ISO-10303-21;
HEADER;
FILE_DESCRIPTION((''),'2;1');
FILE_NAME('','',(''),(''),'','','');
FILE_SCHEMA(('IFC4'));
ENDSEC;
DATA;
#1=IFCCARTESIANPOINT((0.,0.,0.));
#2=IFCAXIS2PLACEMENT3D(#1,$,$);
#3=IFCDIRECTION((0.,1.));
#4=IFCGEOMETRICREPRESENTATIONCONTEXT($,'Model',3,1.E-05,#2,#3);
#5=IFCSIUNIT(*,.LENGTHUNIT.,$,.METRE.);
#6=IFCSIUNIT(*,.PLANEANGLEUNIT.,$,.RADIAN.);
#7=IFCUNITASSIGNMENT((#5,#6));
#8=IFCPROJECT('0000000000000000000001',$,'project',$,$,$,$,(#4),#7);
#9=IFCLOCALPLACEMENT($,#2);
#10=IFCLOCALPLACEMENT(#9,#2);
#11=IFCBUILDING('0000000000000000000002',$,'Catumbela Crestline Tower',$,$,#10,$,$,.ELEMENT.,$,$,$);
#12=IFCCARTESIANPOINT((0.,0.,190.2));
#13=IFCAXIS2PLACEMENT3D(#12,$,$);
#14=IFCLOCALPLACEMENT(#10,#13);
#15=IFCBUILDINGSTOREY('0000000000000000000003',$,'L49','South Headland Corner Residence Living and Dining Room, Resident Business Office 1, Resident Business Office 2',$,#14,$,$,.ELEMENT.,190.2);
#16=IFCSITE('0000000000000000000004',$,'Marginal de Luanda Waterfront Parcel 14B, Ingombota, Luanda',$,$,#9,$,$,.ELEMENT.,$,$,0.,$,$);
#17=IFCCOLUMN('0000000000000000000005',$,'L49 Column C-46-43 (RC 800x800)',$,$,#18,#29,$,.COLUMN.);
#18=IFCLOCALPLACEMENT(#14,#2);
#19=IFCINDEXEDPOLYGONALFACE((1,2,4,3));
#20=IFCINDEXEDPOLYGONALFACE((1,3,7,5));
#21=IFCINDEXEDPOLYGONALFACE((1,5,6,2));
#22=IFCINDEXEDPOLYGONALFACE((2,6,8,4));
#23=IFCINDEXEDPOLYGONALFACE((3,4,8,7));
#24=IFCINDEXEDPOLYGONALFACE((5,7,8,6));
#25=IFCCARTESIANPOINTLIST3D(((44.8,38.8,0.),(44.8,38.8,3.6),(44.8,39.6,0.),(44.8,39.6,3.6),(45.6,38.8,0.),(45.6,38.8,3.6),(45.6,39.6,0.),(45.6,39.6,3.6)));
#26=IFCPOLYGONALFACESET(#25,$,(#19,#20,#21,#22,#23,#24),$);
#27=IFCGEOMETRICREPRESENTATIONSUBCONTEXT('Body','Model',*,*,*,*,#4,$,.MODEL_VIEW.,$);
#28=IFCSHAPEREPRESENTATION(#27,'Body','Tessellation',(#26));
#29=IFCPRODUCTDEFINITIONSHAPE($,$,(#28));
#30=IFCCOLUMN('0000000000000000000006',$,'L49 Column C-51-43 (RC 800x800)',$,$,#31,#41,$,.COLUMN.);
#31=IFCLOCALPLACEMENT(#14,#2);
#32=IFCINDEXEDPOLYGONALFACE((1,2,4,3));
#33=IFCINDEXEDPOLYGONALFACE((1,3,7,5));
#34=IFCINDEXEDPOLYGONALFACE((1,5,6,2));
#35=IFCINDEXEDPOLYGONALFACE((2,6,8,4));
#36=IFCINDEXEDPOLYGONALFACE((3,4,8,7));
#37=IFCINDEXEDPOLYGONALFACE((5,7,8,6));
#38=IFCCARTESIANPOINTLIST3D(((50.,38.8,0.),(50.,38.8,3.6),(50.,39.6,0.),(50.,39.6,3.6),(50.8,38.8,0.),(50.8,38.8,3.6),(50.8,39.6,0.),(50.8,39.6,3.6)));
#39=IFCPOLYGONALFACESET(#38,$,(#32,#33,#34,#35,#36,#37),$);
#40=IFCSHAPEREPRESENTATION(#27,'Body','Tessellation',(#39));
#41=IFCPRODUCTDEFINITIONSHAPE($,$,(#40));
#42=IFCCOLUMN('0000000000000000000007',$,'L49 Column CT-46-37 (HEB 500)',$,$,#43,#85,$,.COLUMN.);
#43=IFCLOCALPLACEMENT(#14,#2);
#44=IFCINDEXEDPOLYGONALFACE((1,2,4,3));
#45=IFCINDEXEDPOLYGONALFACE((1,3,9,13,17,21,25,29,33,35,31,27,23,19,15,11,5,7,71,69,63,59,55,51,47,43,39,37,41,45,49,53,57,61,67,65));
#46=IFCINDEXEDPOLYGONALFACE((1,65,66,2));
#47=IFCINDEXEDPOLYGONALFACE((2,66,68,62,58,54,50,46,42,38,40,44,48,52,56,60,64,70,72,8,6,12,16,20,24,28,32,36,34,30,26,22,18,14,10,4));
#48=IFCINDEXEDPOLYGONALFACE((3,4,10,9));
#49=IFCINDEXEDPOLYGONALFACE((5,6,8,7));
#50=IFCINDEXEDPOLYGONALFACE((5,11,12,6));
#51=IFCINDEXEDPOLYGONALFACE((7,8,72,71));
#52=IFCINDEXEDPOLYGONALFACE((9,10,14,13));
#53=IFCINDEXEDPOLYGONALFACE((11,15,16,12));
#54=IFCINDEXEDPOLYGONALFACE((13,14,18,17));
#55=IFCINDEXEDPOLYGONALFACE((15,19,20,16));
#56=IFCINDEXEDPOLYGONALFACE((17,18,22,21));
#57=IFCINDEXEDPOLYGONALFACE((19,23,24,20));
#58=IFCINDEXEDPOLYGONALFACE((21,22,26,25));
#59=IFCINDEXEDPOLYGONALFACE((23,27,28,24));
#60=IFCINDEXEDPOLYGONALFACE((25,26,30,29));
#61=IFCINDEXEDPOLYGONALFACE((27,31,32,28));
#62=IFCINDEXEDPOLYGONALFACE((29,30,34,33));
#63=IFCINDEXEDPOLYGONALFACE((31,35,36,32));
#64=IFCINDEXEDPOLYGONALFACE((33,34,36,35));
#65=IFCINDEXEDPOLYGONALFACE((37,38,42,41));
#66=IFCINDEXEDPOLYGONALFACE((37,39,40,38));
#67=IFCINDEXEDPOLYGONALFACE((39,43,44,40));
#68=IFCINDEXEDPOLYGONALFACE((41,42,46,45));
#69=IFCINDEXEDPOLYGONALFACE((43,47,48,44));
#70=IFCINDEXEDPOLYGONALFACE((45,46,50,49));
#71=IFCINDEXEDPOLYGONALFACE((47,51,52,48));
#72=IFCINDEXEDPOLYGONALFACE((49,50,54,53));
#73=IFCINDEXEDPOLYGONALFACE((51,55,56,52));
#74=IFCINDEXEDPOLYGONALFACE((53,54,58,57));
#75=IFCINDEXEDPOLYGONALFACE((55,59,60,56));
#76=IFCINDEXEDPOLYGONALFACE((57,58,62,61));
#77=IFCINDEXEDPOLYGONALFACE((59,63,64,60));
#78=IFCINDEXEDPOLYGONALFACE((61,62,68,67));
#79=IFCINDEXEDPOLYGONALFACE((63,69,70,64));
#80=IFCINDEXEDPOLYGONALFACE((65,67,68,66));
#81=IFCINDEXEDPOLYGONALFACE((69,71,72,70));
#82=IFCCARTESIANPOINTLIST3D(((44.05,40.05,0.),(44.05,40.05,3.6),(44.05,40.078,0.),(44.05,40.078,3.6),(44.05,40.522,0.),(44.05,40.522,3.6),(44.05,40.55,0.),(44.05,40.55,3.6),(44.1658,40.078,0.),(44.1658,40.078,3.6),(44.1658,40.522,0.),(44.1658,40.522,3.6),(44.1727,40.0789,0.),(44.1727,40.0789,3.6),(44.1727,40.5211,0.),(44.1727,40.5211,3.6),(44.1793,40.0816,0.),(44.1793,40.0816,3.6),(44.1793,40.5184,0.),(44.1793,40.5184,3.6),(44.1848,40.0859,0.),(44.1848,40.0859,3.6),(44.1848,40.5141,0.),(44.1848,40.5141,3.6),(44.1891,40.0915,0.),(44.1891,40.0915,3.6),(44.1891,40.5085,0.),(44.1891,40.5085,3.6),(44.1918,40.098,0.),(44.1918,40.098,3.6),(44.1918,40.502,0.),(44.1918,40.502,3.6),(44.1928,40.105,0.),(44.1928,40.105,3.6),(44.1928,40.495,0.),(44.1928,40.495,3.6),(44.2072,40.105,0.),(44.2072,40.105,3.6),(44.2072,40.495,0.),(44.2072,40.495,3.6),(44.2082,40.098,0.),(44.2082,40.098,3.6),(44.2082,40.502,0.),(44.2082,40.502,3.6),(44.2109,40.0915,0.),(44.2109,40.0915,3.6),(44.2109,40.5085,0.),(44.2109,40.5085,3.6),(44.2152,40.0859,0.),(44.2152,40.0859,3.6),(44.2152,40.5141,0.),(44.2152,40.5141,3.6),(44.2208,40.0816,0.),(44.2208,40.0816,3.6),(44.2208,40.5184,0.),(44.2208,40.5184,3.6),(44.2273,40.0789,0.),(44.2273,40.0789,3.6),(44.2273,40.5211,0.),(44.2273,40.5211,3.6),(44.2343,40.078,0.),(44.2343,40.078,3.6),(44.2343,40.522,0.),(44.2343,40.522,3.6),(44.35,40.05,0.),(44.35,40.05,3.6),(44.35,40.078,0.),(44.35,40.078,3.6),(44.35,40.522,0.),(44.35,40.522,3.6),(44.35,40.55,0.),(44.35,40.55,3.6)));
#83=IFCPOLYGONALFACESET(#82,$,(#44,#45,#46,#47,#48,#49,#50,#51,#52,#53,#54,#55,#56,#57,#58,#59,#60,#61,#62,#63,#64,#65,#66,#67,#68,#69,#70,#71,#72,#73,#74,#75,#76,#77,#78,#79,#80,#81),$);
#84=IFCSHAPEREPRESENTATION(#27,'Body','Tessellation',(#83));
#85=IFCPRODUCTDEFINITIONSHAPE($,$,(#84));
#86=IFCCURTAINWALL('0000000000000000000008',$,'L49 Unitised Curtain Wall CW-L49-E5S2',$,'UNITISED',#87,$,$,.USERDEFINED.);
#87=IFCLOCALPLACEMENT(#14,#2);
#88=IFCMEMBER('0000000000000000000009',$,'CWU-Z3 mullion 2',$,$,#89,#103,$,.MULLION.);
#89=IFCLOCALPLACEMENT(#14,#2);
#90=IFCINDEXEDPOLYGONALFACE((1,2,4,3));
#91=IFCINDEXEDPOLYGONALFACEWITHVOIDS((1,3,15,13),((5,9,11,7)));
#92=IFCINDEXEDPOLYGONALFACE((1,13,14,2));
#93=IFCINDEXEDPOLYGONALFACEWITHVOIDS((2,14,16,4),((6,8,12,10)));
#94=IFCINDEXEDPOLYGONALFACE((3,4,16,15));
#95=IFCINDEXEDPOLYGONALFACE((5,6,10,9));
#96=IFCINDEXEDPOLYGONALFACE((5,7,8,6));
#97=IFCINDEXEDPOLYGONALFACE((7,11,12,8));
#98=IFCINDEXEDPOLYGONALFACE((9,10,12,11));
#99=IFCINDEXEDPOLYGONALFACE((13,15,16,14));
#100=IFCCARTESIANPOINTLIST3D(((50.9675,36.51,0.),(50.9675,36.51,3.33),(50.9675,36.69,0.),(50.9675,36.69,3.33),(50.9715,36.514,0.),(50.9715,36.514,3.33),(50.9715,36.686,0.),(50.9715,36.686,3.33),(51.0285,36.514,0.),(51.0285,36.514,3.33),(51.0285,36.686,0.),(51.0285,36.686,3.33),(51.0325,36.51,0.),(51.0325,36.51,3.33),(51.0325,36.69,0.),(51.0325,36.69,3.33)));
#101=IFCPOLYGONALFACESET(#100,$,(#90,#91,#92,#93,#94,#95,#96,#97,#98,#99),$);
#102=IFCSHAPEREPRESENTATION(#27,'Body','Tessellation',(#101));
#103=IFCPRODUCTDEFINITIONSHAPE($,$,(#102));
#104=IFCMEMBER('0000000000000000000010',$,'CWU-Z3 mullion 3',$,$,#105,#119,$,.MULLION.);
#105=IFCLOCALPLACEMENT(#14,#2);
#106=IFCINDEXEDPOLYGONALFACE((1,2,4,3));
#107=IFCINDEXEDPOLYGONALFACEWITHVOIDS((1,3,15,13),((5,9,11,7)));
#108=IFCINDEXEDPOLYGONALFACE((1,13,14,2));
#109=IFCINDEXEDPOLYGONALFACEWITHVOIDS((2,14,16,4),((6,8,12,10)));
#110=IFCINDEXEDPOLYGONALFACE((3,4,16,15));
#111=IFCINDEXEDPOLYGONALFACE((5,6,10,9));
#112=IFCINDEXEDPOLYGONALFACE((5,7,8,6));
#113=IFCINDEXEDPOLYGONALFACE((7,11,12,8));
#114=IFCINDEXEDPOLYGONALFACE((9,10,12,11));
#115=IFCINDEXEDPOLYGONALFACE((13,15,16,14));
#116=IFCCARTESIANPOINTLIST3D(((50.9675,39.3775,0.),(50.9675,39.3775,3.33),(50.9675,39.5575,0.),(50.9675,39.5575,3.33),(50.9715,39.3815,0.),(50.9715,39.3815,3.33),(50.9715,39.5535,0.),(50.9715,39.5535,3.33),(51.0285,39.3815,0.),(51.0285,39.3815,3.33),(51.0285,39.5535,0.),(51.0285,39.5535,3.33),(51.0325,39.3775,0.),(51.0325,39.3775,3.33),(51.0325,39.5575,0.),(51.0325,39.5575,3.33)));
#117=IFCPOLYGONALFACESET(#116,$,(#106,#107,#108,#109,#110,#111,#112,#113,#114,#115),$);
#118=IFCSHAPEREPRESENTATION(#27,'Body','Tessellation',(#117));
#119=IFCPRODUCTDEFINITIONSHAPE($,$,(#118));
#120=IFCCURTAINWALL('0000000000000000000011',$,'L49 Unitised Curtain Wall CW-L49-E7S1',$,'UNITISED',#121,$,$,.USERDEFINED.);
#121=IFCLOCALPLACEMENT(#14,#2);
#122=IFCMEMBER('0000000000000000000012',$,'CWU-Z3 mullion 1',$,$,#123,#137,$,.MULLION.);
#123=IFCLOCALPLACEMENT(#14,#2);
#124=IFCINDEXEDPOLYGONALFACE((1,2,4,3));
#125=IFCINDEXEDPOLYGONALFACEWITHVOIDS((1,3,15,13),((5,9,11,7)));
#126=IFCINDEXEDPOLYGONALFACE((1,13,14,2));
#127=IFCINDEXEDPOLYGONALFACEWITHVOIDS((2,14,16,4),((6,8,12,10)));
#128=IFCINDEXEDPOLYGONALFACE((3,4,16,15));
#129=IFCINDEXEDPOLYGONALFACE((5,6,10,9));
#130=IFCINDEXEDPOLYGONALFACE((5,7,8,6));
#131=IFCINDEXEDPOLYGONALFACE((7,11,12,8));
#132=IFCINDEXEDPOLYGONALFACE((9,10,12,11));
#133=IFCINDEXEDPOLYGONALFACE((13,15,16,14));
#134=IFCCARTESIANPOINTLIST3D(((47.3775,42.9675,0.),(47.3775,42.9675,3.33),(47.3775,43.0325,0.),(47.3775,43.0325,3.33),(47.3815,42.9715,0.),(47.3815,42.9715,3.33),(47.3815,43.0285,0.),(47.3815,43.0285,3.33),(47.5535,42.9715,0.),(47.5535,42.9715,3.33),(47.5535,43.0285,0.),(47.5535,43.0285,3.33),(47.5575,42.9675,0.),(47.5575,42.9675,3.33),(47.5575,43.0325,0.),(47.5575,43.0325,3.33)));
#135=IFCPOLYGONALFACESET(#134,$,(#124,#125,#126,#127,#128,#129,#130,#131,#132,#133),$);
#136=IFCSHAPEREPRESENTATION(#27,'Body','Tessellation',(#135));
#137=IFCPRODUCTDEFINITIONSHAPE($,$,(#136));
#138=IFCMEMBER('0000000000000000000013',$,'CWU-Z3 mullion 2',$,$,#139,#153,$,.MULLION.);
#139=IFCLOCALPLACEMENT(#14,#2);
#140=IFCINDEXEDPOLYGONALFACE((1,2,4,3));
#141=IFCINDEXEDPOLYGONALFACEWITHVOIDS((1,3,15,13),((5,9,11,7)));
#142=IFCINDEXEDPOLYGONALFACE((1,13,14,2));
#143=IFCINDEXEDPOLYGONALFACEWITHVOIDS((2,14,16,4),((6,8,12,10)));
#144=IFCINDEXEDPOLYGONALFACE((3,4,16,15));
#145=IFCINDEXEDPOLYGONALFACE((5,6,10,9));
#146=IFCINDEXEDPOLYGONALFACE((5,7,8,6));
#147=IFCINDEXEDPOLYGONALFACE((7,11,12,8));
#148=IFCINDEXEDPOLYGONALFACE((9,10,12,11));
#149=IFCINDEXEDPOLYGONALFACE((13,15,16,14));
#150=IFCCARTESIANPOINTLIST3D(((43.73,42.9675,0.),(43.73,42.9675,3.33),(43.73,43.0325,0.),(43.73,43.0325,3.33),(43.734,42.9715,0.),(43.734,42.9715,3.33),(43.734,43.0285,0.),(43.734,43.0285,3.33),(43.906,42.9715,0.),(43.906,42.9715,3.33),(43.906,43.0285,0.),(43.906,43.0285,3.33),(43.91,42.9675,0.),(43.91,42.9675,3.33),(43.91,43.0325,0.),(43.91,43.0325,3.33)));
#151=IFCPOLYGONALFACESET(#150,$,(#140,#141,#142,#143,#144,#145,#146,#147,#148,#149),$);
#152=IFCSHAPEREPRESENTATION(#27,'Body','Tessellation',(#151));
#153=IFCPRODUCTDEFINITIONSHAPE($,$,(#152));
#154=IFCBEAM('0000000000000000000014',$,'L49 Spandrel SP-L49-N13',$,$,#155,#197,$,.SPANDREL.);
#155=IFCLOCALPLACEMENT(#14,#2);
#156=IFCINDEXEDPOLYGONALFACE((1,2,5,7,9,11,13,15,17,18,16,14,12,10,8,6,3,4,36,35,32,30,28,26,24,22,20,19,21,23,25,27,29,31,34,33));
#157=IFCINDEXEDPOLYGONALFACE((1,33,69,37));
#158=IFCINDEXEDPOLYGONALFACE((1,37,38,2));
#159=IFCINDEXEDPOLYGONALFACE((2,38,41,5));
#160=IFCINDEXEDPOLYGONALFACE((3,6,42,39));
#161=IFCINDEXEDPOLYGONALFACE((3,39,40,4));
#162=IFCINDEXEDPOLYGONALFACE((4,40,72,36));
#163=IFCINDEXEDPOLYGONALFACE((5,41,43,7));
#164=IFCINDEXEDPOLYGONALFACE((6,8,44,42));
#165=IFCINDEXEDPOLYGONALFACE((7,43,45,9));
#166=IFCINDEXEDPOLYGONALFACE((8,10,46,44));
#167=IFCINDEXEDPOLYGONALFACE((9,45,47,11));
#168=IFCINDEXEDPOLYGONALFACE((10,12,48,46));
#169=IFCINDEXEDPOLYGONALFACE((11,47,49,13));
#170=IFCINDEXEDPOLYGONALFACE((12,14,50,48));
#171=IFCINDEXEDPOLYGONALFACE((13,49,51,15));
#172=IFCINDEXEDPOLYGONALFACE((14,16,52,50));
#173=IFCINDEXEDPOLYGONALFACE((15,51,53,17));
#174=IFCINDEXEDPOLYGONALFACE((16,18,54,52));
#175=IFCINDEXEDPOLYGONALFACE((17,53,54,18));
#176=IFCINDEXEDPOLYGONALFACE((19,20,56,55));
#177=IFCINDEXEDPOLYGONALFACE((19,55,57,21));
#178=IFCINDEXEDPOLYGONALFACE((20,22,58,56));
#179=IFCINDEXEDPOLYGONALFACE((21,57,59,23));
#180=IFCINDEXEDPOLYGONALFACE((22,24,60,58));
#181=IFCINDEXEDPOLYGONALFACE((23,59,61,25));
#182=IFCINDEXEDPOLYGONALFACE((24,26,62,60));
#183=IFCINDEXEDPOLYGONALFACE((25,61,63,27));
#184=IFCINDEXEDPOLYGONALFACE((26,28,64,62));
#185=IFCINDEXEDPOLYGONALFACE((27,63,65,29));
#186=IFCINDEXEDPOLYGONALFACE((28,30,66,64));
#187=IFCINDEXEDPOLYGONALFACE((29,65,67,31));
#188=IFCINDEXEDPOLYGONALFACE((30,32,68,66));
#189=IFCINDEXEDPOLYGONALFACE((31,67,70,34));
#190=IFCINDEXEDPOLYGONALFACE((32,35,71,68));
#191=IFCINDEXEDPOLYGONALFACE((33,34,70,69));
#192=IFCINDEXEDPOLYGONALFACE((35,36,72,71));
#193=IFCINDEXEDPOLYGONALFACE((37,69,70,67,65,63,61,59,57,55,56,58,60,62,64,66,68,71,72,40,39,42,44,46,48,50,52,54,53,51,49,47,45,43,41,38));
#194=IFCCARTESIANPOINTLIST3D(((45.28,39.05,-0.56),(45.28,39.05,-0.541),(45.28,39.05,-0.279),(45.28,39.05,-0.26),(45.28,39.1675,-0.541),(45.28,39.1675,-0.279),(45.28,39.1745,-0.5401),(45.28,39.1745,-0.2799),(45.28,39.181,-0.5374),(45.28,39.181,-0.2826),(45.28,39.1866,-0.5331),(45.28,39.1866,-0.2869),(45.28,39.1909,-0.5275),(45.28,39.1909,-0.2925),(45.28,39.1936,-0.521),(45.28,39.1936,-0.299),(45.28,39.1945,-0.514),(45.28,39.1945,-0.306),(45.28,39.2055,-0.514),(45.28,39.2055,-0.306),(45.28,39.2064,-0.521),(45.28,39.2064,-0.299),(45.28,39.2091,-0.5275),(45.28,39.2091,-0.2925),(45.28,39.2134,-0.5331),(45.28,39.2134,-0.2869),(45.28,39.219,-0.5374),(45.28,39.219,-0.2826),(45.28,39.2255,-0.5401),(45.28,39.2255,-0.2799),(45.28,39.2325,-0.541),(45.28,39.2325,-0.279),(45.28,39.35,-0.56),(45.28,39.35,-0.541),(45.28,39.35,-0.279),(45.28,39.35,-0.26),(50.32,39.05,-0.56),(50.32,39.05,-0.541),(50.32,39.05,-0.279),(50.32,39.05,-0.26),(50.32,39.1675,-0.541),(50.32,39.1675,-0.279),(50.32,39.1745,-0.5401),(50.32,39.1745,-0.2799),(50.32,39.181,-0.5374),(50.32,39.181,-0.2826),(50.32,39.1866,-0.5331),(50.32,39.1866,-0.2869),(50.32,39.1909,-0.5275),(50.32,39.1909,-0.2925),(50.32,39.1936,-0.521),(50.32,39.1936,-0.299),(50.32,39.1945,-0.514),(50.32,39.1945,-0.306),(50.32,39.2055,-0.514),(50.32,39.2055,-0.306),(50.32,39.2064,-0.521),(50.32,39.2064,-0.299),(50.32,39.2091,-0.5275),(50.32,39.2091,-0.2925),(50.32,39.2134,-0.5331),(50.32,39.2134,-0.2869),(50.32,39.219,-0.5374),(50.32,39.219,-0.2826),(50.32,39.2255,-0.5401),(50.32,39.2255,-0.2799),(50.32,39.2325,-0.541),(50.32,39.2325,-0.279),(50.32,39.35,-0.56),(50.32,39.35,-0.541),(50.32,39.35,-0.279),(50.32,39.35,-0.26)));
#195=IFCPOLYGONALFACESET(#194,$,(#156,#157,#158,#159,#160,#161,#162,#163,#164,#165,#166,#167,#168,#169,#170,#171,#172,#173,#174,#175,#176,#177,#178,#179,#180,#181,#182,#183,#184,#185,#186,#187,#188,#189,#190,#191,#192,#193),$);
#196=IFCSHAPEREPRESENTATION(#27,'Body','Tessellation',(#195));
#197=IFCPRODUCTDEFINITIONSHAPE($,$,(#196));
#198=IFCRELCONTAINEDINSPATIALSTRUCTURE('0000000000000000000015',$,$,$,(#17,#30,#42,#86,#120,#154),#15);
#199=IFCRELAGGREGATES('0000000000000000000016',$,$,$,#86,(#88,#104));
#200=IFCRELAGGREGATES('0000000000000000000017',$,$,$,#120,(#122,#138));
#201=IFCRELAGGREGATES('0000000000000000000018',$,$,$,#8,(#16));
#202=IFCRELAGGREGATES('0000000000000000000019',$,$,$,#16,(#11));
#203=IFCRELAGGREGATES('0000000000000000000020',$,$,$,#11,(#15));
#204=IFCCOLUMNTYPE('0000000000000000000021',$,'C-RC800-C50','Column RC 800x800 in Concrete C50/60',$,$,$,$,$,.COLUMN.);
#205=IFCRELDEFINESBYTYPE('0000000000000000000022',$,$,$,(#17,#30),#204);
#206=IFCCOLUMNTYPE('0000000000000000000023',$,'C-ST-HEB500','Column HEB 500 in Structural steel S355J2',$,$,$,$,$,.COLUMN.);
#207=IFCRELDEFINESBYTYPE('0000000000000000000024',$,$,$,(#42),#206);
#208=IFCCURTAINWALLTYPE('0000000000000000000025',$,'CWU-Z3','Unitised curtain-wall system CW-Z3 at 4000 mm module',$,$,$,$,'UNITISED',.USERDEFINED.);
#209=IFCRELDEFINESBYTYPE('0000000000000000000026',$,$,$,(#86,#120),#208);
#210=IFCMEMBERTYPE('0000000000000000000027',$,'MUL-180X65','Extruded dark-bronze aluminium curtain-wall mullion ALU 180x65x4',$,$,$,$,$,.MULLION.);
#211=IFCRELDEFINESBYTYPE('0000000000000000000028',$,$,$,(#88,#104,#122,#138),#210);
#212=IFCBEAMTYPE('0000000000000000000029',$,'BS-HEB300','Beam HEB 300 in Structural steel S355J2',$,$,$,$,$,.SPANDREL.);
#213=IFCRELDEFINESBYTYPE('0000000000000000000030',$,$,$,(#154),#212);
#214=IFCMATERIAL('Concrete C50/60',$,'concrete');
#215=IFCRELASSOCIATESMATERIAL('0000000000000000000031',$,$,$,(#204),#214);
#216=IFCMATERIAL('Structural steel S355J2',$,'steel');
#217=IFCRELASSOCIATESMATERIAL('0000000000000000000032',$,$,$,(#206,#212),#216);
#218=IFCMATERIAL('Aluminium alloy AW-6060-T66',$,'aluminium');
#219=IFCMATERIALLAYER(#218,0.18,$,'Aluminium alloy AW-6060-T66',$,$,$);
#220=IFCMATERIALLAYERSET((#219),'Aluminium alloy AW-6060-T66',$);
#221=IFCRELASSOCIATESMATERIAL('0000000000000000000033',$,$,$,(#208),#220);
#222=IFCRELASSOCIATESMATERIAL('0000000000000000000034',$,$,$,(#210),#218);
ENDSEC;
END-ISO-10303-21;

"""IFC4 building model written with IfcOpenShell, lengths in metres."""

from ifc_helpers import new_model, si_unit, direction, frame, origin, origin_2d, place, context, subcontext, project, spatial, rectangle, hollow_rectangle, i_section, extrude, material, layer, layer_set, material_profile, profile_set, type_object, element, aggregate, save


model = new_model("IFC4")

# Units and contexts
model_context = context("Model", 3, precision=1e-05, world=origin(), true_north=direction((0.0, 1.0)))
body_context = subcontext(model_context, "Body", "Model", "MODEL_VIEW")
ifc_project = project(units=[si_unit("LENGTHUNIT", "METRE"), si_unit("PLANEANGLEUNIT", "RADIAN")], contexts=[model_context])

# Site, building, storey
site_placement = place(None, origin())
site = spatial("IfcSite", under=ifc_project, at=site_placement, Name="Marginal de Luanda Waterfront Parcel 14B, Ingombota, Luanda", CompositionType="ELEMENT", RefElevation=0.0)
building_placement = place(site_placement, origin())
building = spatial("IfcBuilding", under=site, at=building_placement, Name="Catumbela Crestline Tower", CompositionType="ELEMENT")
storey_placement = place(building_placement, frame((0.0, 0.0, 190.2)))
storey = spatial("IfcBuildingStorey", under=building, at=storey_placement, Name="L49", Description="South Headland Corner Residence Living and Dining Room, Resident Business Office 1, Resident Business Office 2", CompositionType="ELEMENT", Elevation=190.2)

# Columns
ifc_material_1 = material(Name="Concrete C50/60", Category="concrete")
ifc_material_profile_1 = material_profile(ifc_material_1, rectangle(XDim=0.8, YDim=0.8, at=origin_2d()), Name="RC 800x800")
ifc_profile_set_1 = profile_set([ifc_material_profile_1], Name="Concrete C50/60")
column_type_1 = type_object("IfcColumnType", Name="C-RC800-C50", Description="Column RC 800x800 in Concrete C50/60", PredefinedType="COLUMN", material=ifc_profile_set_1)
for number, where, z_axis, x_axis, name in (
    (1, (45.2, 39.2, 0.0), (0.0, 0.0, 1.0), (1.0, 0.0, 0.0), "L49 Column C-46-43 (RC 800x800)"),
    (2, (50.4, 39.2, 0.0), (0.0, 0.0, 1.0), (1.0, 0.0, 0.0), "L49 Column C-51-43 (RC 800x800)"),
):
    element("IfcColumn", number, at=place(storey_placement, frame(where, z_axis=z_axis, x_axis=x_axis)), inside=storey, type_object=column_type_1, Name=name, PredefinedType="COLUMN", context=body_context, shape_type="SweptSolid", body=[
        extrude(rectangle(XDim=0.8, YDim=0.8, at=origin_2d()), origin(), (0.0, 0.0, 1.0), 3.6),
    ])
ifc_material_2 = material(Name="Structural steel S355J2", Category="steel")
ifc_material_profile_2 = material_profile(ifc_material_2, i_section(OverallWidth=0.3, OverallDepth=0.5, WebThickness=0.0145, FlangeThickness=0.028, FilletRadius=0.027, at=origin_2d()), Name="HEB 500")
ifc_profile_set_2 = profile_set([ifc_material_profile_2], Name="Structural steel S355J2")
column_type_2 = type_object("IfcColumnType", Name="C-ST-HEB500", Description="Column HEB 500 in Structural steel S355J2", PredefinedType="COLUMN", material=ifc_profile_set_2)
column_placement = place(storey_placement, frame((44.2, 40.3, 0.0), z_axis=(0.0, 0.0, 1.0), x_axis=(1.0, 0.0, 0.0)))
element("IfcColumn", 3, at=column_placement, inside=storey, type_object=column_type_2, Name="L49 Column CT-46-37 (HEB 500)", PredefinedType="COLUMN", context=body_context, shape_type="SweptSolid", body=[
    extrude(i_section(OverallWidth=0.3, OverallDepth=0.5, WebThickness=0.0145, FlangeThickness=0.028, FilletRadius=0.027, at=origin_2d()), origin(), (0.0, 0.0, 1.0), 3.6),
])

# Curtain walls, members
ifc_material_3 = material(Name="Aluminium alloy AW-6060-T66", Category="aluminium")
ifc_layer_1 = layer(ifc_material_3, 0.18, Name="Aluminium alloy AW-6060-T66")
ifc_layer_set_1 = layer_set([ifc_layer_1], Name="Aluminium alloy AW-6060-T66")
curtain_wall_type = type_object("IfcCurtainWallType", Name="CWU-Z3", Description="Unitised curtain-wall system CW-Z3 at 4000 mm module", ElementType="UNITISED", PredefinedType="USERDEFINED", material=ifc_layer_set_1)
curtain_wall_1_placement = place(storey_placement, origin())
curtain_wall_1 = element("IfcCurtainWall", 4, at=curtain_wall_1_placement, inside=storey, type_object=curtain_wall_type, Name="L49 Unitised Curtain Wall CW-L49-E5S2", ObjectType="UNITISED", PredefinedType="USERDEFINED")
ifc_material_profile_3 = material_profile(ifc_material_3, hollow_rectangle(XDim=0.065, YDim=0.18, WallThickness=0.004, at=origin_2d()), Name="ALU 180x65x4")
ifc_profile_set_3 = profile_set([ifc_material_profile_3], Name="Aluminium alloy AW-6060-T66")
member_type_1 = type_object("IfcMemberType", Name="MUL-180X65", Description="Extruded dark-bronze aluminium curtain-wall mullion ALU 180x65x4", PredefinedType="MULLION", material=ifc_profile_set_3)
member_1_placement = place(storey_placement, frame((51.0, 36.6, 0.0), z_axis=(0.0, 0.0, 1.0), x_axis=(-1.0, 0.0, 0.0)))
member_1 = element("IfcMember", 5, at=member_1_placement, type_object=member_type_1, Name="CWU-Z3 mullion 2", PredefinedType="MULLION", context=body_context, shape_type="SweptSolid", body=[
    extrude(hollow_rectangle(XDim=0.065, YDim=0.18, WallThickness=0.004, at=origin_2d()), origin(), (0.0, 0.0, 1.0), 3.33),
])
member_2_placement = place(storey_placement, frame((51.0, 39.4675, 0.0), z_axis=(0.0, 0.0, 1.0), x_axis=(-1.0, 0.0, 0.0)))
member_2 = element("IfcMember", 6, at=member_2_placement, type_object=member_type_1, Name="CWU-Z3 mullion 3", PredefinedType="MULLION", context=body_context, shape_type="SweptSolid", body=[
    extrude(hollow_rectangle(XDim=0.065, YDim=0.18, WallThickness=0.004, at=origin_2d()), origin(), (0.0, 0.0, 1.0), 3.33),
])
curtain_wall_2_placement = place(storey_placement, origin())
curtain_wall_2 = element("IfcCurtainWall", 7, at=curtain_wall_2_placement, inside=storey, type_object=curtain_wall_type, Name="L49 Unitised Curtain Wall CW-L49-E7S1", ObjectType="UNITISED", PredefinedType="USERDEFINED")
member_3_placement = place(storey_placement, frame((47.4675, 43.0, 0.0), z_axis=(0.0, 0.0, 1.0), x_axis=(0.0, -1.0, 0.0)))
member_3 = element("IfcMember", 8, at=member_3_placement, type_object=member_type_1, Name="CWU-Z3 mullion 1", PredefinedType="MULLION", context=body_context, shape_type="SweptSolid", body=[
    extrude(hollow_rectangle(XDim=0.065, YDim=0.18, WallThickness=0.004, at=origin_2d()), origin(), (0.0, 0.0, 1.0), 3.33),
])
member_4_placement = place(storey_placement, frame((43.82, 43.0, 0.0), z_axis=(0.0, 0.0, 1.0), x_axis=(0.0, -1.0, 0.0)))
member_4 = element("IfcMember", 9, at=member_4_placement, type_object=member_type_1, Name="CWU-Z3 mullion 2", PredefinedType="MULLION", context=body_context, shape_type="SweptSolid", body=[
    extrude(hollow_rectangle(XDim=0.065, YDim=0.18, WallThickness=0.004, at=origin_2d()), origin(), (0.0, 0.0, 1.0), 3.33),
])

# Beam
ifc_material_profile_4 = material_profile(ifc_material_2, i_section(OverallWidth=0.3, OverallDepth=0.3, WebThickness=0.011, FlangeThickness=0.019, FilletRadius=0.027, at=origin_2d()), Name="HEB 300")
ifc_profile_set_4 = profile_set([ifc_material_profile_4], Name="Structural steel S355J2")
beam_type = type_object("IfcBeamType", Name="BS-HEB300", Description="Beam HEB 300 in Structural steel S355J2", PredefinedType="SPANDREL", material=ifc_profile_set_4)
beam_placement = place(storey_placement, frame((45.28, 39.2, -0.41), z_axis=(1.0, 0.0, 0.0), x_axis=(0.0, 1.0, 0.0)))
element("IfcBeam", 10, at=beam_placement, inside=storey, type_object=beam_type, Name="L49 Spandrel SP-L49-N13", PredefinedType="SPANDREL", context=body_context, shape_type="SweptSolid", body=[
    extrude(i_section(OverallWidth=0.3, OverallDepth=0.3, WebThickness=0.011, FlangeThickness=0.019, FilletRadius=0.027, at=origin_2d()), origin(), (0.0, 0.0, 1.0), 5.04),
])

aggregate(curtain_wall_1, [member_1, member_2])
aggregate(curtain_wall_2, [member_3, member_4])

save(model, "model.ifc")
